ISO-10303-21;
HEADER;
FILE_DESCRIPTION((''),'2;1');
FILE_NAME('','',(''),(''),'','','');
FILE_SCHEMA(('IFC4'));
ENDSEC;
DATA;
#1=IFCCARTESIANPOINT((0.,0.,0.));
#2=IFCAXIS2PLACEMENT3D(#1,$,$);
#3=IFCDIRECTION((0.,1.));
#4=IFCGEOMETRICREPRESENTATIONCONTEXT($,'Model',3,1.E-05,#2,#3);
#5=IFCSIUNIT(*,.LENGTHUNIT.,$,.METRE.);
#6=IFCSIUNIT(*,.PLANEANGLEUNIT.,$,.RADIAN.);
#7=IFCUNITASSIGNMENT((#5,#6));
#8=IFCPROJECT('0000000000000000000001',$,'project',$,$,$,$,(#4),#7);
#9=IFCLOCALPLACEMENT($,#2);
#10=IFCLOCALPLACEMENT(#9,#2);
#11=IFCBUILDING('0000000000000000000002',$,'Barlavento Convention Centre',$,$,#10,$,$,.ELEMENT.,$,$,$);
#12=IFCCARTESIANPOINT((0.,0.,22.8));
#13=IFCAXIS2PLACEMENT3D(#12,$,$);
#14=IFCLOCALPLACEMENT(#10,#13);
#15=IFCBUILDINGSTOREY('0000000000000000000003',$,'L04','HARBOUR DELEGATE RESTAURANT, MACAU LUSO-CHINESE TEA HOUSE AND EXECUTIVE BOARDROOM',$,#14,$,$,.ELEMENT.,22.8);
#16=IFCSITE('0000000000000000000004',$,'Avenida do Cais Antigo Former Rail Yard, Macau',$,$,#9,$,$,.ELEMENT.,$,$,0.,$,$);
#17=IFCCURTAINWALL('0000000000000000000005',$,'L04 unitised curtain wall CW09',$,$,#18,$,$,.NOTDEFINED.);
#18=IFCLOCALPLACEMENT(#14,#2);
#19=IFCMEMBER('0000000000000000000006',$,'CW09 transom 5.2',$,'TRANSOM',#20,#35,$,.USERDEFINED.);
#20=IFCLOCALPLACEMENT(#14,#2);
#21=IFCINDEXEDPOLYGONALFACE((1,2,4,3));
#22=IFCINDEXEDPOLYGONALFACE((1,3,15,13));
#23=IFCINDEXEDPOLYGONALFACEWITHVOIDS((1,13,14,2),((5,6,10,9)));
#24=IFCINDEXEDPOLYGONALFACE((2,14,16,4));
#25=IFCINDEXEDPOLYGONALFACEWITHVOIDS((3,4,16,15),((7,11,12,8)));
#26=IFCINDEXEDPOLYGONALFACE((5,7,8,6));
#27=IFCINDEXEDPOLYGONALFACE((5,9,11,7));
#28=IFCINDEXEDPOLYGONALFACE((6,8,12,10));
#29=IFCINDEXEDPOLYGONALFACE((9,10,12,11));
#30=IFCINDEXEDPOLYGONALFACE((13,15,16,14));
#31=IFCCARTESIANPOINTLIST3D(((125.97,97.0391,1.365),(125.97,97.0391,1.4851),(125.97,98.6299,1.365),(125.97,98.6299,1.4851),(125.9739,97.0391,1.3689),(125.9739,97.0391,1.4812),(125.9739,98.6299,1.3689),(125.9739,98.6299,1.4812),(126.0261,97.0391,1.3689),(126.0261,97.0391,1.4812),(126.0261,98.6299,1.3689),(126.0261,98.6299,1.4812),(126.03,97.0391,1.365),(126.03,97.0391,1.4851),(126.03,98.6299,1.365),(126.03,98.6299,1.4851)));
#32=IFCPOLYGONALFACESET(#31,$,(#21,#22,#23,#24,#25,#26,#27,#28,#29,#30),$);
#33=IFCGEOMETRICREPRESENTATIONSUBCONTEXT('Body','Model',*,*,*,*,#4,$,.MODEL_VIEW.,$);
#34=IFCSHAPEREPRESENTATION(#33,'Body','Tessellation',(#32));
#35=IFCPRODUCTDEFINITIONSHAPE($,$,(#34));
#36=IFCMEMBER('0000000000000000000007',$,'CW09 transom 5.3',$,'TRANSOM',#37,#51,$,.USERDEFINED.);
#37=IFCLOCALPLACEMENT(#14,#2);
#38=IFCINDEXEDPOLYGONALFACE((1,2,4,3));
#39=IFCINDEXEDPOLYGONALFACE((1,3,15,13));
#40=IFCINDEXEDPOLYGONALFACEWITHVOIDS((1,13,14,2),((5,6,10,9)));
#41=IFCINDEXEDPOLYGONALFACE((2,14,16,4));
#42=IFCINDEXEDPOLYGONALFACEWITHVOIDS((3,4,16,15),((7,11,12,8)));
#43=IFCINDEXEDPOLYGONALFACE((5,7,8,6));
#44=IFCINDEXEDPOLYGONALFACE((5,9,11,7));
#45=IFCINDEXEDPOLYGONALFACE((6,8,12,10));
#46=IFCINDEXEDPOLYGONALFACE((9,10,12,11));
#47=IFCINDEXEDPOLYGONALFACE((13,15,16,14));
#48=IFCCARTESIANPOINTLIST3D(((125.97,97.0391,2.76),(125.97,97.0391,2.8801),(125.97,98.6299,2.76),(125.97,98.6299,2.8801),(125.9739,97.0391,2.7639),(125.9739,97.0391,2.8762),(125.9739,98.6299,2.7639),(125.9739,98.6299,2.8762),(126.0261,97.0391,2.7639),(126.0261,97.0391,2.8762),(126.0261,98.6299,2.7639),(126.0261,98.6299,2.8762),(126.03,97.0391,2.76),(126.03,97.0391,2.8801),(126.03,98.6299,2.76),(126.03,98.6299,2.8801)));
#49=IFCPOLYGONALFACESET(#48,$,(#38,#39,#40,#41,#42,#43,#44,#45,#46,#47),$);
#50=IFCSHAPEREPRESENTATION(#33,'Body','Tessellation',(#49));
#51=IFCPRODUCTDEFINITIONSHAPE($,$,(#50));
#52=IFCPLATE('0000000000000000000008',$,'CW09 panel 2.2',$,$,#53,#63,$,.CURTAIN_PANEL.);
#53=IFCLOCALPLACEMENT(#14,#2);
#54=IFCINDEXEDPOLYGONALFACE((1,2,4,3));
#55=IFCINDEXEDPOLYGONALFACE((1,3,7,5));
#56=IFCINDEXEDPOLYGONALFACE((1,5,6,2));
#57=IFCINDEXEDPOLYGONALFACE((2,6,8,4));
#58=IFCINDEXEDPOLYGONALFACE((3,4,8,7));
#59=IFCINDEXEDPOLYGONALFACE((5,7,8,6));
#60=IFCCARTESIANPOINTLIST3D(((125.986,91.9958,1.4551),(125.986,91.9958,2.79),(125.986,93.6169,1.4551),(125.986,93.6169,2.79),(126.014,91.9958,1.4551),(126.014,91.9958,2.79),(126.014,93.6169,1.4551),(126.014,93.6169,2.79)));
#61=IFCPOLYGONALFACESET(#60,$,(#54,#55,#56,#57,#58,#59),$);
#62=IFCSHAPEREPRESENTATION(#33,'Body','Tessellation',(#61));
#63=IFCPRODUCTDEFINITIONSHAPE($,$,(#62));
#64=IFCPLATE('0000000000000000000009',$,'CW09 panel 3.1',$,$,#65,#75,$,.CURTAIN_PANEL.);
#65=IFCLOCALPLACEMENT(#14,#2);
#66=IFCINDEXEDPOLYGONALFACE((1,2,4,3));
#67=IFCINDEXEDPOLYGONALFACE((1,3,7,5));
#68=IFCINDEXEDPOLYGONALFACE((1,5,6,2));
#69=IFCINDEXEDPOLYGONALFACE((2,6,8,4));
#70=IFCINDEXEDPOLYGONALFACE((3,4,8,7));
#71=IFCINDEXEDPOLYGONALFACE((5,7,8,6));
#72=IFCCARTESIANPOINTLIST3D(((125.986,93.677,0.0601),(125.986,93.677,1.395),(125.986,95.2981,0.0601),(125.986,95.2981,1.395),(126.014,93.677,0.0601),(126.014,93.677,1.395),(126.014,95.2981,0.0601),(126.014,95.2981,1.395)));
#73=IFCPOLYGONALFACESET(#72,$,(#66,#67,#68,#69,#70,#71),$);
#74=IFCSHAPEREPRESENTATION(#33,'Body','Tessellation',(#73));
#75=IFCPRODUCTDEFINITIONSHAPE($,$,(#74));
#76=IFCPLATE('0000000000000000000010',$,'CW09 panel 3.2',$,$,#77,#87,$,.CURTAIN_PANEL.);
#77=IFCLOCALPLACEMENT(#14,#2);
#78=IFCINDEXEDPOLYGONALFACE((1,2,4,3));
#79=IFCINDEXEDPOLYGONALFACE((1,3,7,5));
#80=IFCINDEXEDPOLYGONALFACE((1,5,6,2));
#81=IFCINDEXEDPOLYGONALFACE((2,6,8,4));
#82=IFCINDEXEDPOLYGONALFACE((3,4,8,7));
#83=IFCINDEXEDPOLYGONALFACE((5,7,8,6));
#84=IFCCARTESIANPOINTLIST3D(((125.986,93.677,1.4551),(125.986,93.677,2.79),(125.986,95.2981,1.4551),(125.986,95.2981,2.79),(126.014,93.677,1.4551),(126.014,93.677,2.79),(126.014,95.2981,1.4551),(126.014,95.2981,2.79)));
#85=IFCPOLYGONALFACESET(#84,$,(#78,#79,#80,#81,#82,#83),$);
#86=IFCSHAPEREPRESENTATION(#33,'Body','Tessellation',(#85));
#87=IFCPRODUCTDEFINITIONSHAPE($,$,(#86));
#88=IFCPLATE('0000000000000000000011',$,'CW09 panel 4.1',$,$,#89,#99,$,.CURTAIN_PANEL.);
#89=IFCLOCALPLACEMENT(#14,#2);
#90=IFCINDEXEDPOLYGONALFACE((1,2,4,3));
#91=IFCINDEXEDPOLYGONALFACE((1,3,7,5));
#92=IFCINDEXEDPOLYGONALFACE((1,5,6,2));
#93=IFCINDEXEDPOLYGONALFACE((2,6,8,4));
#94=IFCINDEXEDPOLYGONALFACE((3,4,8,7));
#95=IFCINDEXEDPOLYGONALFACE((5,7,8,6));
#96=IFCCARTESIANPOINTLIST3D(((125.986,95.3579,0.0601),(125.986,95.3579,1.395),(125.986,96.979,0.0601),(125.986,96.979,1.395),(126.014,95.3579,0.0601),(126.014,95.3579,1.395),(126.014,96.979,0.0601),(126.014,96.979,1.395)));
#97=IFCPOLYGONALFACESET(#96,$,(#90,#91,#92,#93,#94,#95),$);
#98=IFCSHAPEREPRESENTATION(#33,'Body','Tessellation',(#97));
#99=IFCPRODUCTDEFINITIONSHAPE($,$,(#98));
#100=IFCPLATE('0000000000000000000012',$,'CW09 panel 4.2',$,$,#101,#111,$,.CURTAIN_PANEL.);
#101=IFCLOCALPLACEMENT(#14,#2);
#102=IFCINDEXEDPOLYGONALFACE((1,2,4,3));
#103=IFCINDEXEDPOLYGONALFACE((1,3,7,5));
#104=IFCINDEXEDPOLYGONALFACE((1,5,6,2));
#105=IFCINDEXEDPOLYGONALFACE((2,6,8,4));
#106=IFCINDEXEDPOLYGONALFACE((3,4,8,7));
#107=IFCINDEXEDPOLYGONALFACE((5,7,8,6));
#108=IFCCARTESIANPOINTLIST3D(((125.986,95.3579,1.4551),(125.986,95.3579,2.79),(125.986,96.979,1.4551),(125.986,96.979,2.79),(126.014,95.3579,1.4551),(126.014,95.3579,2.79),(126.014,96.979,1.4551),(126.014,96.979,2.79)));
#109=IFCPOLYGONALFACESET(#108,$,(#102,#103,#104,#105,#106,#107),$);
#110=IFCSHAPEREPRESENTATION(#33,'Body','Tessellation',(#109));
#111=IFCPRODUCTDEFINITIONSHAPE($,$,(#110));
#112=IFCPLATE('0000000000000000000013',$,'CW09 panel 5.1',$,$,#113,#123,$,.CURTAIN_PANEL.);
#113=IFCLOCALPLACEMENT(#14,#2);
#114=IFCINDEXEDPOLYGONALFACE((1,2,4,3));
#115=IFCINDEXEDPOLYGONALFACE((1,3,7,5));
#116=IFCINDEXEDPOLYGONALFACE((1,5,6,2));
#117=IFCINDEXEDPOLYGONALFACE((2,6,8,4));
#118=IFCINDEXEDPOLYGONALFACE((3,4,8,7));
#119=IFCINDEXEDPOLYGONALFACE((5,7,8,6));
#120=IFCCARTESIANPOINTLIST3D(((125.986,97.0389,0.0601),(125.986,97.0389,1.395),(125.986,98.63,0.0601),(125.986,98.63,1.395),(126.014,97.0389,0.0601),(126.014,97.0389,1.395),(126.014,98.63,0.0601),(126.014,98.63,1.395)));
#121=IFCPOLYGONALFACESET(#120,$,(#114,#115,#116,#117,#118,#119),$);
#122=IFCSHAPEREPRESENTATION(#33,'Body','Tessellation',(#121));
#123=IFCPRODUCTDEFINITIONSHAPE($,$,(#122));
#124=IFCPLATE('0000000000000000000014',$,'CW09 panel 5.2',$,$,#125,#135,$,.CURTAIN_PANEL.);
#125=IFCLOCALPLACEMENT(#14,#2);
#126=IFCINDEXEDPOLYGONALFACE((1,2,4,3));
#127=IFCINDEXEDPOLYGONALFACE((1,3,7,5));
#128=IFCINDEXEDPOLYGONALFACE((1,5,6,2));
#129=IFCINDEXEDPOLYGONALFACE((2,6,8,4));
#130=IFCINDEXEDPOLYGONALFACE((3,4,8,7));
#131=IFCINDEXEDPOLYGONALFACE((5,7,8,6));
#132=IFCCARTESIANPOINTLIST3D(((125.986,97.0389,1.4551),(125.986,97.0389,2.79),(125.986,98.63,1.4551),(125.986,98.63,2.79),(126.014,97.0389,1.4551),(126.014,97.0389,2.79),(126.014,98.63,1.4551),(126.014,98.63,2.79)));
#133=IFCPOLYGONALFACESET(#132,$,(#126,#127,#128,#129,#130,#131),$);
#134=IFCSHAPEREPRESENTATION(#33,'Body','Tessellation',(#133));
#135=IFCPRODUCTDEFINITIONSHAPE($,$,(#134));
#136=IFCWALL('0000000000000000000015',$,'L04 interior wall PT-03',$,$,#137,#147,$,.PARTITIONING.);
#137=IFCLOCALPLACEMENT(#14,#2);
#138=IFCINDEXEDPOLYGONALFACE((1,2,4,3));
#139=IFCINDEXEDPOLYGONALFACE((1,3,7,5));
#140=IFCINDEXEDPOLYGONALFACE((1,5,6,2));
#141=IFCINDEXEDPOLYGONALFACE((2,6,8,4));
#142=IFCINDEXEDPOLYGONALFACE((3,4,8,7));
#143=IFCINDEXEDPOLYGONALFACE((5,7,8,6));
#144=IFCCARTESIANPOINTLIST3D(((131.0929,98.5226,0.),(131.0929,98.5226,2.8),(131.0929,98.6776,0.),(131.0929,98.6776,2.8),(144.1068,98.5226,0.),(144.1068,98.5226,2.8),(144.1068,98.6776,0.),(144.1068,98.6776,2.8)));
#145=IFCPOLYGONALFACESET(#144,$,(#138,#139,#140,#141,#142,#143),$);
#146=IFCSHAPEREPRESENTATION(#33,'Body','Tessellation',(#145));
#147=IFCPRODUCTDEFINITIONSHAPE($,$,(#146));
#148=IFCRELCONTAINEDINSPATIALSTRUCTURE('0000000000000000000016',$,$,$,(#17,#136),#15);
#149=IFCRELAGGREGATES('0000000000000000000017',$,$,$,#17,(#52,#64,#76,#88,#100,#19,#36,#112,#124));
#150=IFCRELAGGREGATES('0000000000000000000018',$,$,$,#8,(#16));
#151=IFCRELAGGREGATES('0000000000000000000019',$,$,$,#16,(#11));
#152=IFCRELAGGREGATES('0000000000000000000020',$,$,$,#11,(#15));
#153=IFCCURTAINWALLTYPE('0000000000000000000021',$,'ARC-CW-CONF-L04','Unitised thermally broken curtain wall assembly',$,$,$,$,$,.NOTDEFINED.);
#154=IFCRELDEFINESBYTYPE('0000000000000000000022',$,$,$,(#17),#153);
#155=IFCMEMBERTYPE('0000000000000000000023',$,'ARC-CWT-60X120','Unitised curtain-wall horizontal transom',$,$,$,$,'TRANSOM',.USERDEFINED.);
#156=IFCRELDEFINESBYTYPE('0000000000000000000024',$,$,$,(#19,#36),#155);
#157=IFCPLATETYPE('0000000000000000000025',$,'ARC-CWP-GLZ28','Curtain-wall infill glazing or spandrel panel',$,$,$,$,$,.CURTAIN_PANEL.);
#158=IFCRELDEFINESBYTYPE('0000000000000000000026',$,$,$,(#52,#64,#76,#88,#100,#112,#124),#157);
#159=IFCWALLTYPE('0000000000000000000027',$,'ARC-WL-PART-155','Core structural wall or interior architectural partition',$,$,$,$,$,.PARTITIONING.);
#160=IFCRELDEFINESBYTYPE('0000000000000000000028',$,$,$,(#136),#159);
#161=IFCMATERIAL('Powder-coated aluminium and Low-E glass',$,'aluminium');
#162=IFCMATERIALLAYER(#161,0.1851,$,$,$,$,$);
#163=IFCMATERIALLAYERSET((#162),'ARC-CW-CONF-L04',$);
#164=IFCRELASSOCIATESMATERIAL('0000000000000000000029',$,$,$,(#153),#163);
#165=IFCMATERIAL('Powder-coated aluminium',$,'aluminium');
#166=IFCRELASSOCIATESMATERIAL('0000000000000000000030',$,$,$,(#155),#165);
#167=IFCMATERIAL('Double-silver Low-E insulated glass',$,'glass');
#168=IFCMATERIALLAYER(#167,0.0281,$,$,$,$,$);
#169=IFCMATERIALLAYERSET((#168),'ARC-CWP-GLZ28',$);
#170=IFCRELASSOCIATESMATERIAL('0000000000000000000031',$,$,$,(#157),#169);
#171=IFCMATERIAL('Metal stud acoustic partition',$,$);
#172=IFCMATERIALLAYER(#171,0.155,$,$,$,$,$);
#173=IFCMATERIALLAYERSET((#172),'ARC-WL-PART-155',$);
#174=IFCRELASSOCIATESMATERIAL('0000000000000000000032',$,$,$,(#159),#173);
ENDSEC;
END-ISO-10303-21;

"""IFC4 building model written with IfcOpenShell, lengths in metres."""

from ifc_helpers import new_model, si_unit, direction, frame, frame_2d, origin, origin_2d, place, context, subcontext, project, spatial, rectangle, hollow_rectangle, extrude, material, layer, layer_set, material_profile, profile_set, type_object, element, aggregate, save


model = new_model("IFC4")

# Units and contexts
model_context = context("Model", 3, precision=1e-05, world=origin(), true_north=direction((0.0, 1.0)))
body_context = subcontext(model_context, "Body", "Model", "MODEL_VIEW")
ifc_project = project(units=[si_unit("LENGTHUNIT", "METRE"), si_unit("PLANEANGLEUNIT", "RADIAN")], contexts=[model_context])

# Site, building, storey
site_placement = place(None, origin())
site = spatial("IfcSite", under=ifc_project, at=site_placement, Name="Avenida do Cais Antigo Former Rail Yard, Macau", CompositionType="ELEMENT", RefElevation=0.0)
building_placement = place(site_placement, origin())
building = spatial("IfcBuilding", under=site, at=building_placement, Name="Barlavento Convention Centre", CompositionType="ELEMENT")
storey_placement = place(building_placement, frame((0.0, 0.0, 22.8)))
storey = spatial("IfcBuildingStorey", under=building, at=storey_placement, Name="L04", Description="HARBOUR DELEGATE RESTAURANT, MACAU LUSO-CHINESE TEA HOUSE AND EXECUTIVE BOARDROOM", CompositionType="ELEMENT", Elevation=22.8)

# Curtain wall, members, plates
ifc_material_1 = material(Name="Powder-coated aluminium and Low-E glass", Category="aluminium")
ifc_layer_1 = layer(ifc_material_1, 0.1851)
ifc_layer_set_1 = layer_set([ifc_layer_1], Name="ARC-CW-CONF-L04")
curtain_wall_type = type_object("IfcCurtainWallType", Name="ARC-CW-CONF-L04", Description="Unitised thermally broken curtain wall assembly", PredefinedType="NOTDEFINED", material=ifc_layer_set_1)
curtain_wall_placement = place(storey_placement, origin())
curtain_wall = element("IfcCurtainWall", 1, at=curtain_wall_placement, inside=storey, type_object=curtain_wall_type, Name="L04 unitised curtain wall CW09", PredefinedType="NOTDEFINED")
ifc_material_2 = material(Name="Powder-coated aluminium", Category="aluminium")
ifc_material_profile_1 = material_profile(ifc_material_2, hollow_rectangle(XDim=0.0601, YDim=0.1201, WallThickness=0.0039, at=origin_2d()), Name="AL-TRAN 60x120x4")
ifc_profile_set_1 = profile_set([ifc_material_profile_1], Name="Powder-coated aluminium")
member_type_1 = type_object("IfcMemberType", Name="ARC-CWT-60X120", Description="Unitised curtain-wall horizontal transom", ElementType="TRANSOM", PredefinedType="USERDEFINED", material=ifc_profile_set_1)
member_1_placement = place(storey_placement, frame((126.0, 97.0391, 1.425), z_axis=(0.0, 1.0, 0.0), x_axis=(-1.0, 0.0, 0.0)))
member_1 = element("IfcMember", 2, at=member_1_placement, type_object=member_type_1, Name="CW09 transom 5.2", ObjectType="TRANSOM", PredefinedType="USERDEFINED", context=body_context, shape_type="SweptSolid", body=[
    extrude(hollow_rectangle(XDim=0.0601, YDim=0.1201, WallThickness=0.0039, at=origin_2d()), origin(), (0.0, 0.0, 1.0), 1.5908),
])
member_2_placement = place(storey_placement, frame((126.0, 97.0391, 2.8201), z_axis=(0.0, 1.0, 0.0), x_axis=(-1.0, 0.0, 0.0)))
member_2 = element("IfcMember", 3, at=member_2_placement, type_object=member_type_1, Name="CW09 transom 5.3", ObjectType="TRANSOM", PredefinedType="USERDEFINED", context=body_context, shape_type="SweptSolid", body=[
    extrude(hollow_rectangle(XDim=0.0601, YDim=0.1201, WallThickness=0.0039, at=origin_2d()), origin(), (0.0, 0.0, 1.0), 1.5908),
])
ifc_material_3 = material(Name="Double-silver Low-E insulated glass", Category="glass")
ifc_layer_2 = layer(ifc_material_3, 0.0281)
ifc_layer_set_2 = layer_set([ifc_layer_2], Name="ARC-CWP-GLZ28")
plate_type = type_object("IfcPlateType", Name="ARC-CWP-GLZ28", Description="Curtain-wall infill glazing or spandrel panel", PredefinedType="CURTAIN_PANEL", material=ifc_layer_set_2)
plate_1_placement = place(storey_placement, frame((126.0, 92.8064, 1.4551), z_axis=(0.0, 0.0, 1.0), x_axis=(0.0, 1.0, 0.0)))
plate_1 = element("IfcPlate", 4, at=plate_1_placement, type_object=plate_type, Name="CW09 panel 2.2", PredefinedType="CURTAIN_PANEL", context=body_context, shape_type="SweptSolid", body=[
    extrude(rectangle(XDim=1.6211, YDim=0.0281, at=origin_2d()), origin(), (0.0, 0.0, 1.0), 1.335),
])
plate_2_placement = place(storey_placement, frame((126.0, 94.4875, 0.0601), z_axis=(0.0, 0.0, 1.0), x_axis=(0.0, 1.0, 0.0)))
plate_2 = element("IfcPlate", 5, at=plate_2_placement, type_object=plate_type, Name="CW09 panel 3.1", PredefinedType="CURTAIN_PANEL", context=body_context, shape_type="SweptSolid", body=[
    extrude(rectangle(XDim=1.6211, YDim=0.0281, at=origin_2d()), origin(), (0.0, 0.0, 1.0), 1.335),
])
plate_3_placement = place(storey_placement, frame((126.0, 94.4875, 1.4551), z_axis=(0.0, 0.0, 1.0), x_axis=(0.0, 1.0, 0.0)))
plate_3 = element("IfcPlate", 6, at=plate_3_placement, type_object=plate_type, Name="CW09 panel 3.2", PredefinedType="CURTAIN_PANEL", context=body_context, shape_type="SweptSolid", body=[
    extrude(rectangle(XDim=1.6211, YDim=0.0281, at=origin_2d()), origin(), (0.0, 0.0, 1.0), 1.335),
])
plate_4_placement = place(storey_placement, frame((126.0, 96.1685, 0.0601), z_axis=(0.0, 0.0, 1.0), x_axis=(0.0, 1.0, 0.0)))
plate_4 = element("IfcPlate", 7, at=plate_4_placement, type_object=plate_type, Name="CW09 panel 4.1", PredefinedType="CURTAIN_PANEL", context=body_context, shape_type="SweptSolid", body=[
    extrude(rectangle(XDim=1.6211, YDim=0.0281, at=origin_2d()), origin(), (0.0, 0.0, 1.0), 1.335),
])
plate_5_placement = place(storey_placement, frame((126.0, 96.1685, 1.4551), z_axis=(0.0, 0.0, 1.0), x_axis=(0.0, 1.0, 0.0)))
plate_5 = element("IfcPlate", 8, at=plate_5_placement, type_object=plate_type, Name="CW09 panel 4.2", PredefinedType="CURTAIN_PANEL", context=body_context, shape_type="SweptSolid", body=[
    extrude(rectangle(XDim=1.6211, YDim=0.0281, at=origin_2d()), origin(), (0.0, 0.0, 1.0), 1.335),
])
plate_6_placement = place(storey_placement, frame((126.0, 97.8345, 0.0601), z_axis=(0.0, 0.0, 1.0), x_axis=(0.0, 1.0, 0.0)))
plate_6 = element("IfcPlate", 9, at=plate_6_placement, type_object=plate_type, Name="CW09 panel 5.1", PredefinedType="CURTAIN_PANEL", context=body_context, shape_type="SweptSolid", body=[
    extrude(rectangle(XDim=1.5911, YDim=0.0281, at=origin_2d()), origin(), (0.0, 0.0, 1.0), 1.335),
])
plate_7_placement = place(storey_placement, frame((126.0, 97.8345, 1.4551), z_axis=(0.0, 0.0, 1.0), x_axis=(0.0, 1.0, 0.0)))
plate_7 = element("IfcPlate", 10, at=plate_7_placement, type_object=plate_type, Name="CW09 panel 5.2", PredefinedType="CURTAIN_PANEL", context=body_context, shape_type="SweptSolid", body=[
    extrude(rectangle(XDim=1.5911, YDim=0.0281, at=origin_2d()), origin(), (0.0, 0.0, 1.0), 1.335),
])
aggregate(curtain_wall, [plate_1, plate_2, plate_3, plate_4, plate_5, member_1, member_2, plate_6, plate_7])

# Wall
ifc_material_4 = material(Name="Metal stud acoustic partition")
ifc_layer_3 = layer(ifc_material_4, 0.155)
ifc_layer_set_3 = layer_set([ifc_layer_3], Name="ARC-WL-PART-155")
wall_type = type_object("IfcWallType", Name="ARC-WL-PART-155", Description="Core structural wall or interior architectural partition", PredefinedType="PARTITIONING", material=ifc_layer_set_3)
wall_placement = place(storey_placement, frame((131.093, 98.6001, 0.0), z_axis=(0.0, 0.0, 1.0), x_axis=(1.0, 0.0, 0.0)))
element("IfcWall", 11, at=wall_placement, inside=storey, type_object=wall_type, Name="L04 interior wall PT-03", PredefinedType="PARTITIONING", context=body_context, shape_type="SweptSolid", body=[
    extrude(rectangle(XDim=13.0139, YDim=0.155, at=frame_2d((6.5068, 0.0))), origin(), (0.0, 0.0, 1.0), 2.8),
])

save(model, "model.ifc")
